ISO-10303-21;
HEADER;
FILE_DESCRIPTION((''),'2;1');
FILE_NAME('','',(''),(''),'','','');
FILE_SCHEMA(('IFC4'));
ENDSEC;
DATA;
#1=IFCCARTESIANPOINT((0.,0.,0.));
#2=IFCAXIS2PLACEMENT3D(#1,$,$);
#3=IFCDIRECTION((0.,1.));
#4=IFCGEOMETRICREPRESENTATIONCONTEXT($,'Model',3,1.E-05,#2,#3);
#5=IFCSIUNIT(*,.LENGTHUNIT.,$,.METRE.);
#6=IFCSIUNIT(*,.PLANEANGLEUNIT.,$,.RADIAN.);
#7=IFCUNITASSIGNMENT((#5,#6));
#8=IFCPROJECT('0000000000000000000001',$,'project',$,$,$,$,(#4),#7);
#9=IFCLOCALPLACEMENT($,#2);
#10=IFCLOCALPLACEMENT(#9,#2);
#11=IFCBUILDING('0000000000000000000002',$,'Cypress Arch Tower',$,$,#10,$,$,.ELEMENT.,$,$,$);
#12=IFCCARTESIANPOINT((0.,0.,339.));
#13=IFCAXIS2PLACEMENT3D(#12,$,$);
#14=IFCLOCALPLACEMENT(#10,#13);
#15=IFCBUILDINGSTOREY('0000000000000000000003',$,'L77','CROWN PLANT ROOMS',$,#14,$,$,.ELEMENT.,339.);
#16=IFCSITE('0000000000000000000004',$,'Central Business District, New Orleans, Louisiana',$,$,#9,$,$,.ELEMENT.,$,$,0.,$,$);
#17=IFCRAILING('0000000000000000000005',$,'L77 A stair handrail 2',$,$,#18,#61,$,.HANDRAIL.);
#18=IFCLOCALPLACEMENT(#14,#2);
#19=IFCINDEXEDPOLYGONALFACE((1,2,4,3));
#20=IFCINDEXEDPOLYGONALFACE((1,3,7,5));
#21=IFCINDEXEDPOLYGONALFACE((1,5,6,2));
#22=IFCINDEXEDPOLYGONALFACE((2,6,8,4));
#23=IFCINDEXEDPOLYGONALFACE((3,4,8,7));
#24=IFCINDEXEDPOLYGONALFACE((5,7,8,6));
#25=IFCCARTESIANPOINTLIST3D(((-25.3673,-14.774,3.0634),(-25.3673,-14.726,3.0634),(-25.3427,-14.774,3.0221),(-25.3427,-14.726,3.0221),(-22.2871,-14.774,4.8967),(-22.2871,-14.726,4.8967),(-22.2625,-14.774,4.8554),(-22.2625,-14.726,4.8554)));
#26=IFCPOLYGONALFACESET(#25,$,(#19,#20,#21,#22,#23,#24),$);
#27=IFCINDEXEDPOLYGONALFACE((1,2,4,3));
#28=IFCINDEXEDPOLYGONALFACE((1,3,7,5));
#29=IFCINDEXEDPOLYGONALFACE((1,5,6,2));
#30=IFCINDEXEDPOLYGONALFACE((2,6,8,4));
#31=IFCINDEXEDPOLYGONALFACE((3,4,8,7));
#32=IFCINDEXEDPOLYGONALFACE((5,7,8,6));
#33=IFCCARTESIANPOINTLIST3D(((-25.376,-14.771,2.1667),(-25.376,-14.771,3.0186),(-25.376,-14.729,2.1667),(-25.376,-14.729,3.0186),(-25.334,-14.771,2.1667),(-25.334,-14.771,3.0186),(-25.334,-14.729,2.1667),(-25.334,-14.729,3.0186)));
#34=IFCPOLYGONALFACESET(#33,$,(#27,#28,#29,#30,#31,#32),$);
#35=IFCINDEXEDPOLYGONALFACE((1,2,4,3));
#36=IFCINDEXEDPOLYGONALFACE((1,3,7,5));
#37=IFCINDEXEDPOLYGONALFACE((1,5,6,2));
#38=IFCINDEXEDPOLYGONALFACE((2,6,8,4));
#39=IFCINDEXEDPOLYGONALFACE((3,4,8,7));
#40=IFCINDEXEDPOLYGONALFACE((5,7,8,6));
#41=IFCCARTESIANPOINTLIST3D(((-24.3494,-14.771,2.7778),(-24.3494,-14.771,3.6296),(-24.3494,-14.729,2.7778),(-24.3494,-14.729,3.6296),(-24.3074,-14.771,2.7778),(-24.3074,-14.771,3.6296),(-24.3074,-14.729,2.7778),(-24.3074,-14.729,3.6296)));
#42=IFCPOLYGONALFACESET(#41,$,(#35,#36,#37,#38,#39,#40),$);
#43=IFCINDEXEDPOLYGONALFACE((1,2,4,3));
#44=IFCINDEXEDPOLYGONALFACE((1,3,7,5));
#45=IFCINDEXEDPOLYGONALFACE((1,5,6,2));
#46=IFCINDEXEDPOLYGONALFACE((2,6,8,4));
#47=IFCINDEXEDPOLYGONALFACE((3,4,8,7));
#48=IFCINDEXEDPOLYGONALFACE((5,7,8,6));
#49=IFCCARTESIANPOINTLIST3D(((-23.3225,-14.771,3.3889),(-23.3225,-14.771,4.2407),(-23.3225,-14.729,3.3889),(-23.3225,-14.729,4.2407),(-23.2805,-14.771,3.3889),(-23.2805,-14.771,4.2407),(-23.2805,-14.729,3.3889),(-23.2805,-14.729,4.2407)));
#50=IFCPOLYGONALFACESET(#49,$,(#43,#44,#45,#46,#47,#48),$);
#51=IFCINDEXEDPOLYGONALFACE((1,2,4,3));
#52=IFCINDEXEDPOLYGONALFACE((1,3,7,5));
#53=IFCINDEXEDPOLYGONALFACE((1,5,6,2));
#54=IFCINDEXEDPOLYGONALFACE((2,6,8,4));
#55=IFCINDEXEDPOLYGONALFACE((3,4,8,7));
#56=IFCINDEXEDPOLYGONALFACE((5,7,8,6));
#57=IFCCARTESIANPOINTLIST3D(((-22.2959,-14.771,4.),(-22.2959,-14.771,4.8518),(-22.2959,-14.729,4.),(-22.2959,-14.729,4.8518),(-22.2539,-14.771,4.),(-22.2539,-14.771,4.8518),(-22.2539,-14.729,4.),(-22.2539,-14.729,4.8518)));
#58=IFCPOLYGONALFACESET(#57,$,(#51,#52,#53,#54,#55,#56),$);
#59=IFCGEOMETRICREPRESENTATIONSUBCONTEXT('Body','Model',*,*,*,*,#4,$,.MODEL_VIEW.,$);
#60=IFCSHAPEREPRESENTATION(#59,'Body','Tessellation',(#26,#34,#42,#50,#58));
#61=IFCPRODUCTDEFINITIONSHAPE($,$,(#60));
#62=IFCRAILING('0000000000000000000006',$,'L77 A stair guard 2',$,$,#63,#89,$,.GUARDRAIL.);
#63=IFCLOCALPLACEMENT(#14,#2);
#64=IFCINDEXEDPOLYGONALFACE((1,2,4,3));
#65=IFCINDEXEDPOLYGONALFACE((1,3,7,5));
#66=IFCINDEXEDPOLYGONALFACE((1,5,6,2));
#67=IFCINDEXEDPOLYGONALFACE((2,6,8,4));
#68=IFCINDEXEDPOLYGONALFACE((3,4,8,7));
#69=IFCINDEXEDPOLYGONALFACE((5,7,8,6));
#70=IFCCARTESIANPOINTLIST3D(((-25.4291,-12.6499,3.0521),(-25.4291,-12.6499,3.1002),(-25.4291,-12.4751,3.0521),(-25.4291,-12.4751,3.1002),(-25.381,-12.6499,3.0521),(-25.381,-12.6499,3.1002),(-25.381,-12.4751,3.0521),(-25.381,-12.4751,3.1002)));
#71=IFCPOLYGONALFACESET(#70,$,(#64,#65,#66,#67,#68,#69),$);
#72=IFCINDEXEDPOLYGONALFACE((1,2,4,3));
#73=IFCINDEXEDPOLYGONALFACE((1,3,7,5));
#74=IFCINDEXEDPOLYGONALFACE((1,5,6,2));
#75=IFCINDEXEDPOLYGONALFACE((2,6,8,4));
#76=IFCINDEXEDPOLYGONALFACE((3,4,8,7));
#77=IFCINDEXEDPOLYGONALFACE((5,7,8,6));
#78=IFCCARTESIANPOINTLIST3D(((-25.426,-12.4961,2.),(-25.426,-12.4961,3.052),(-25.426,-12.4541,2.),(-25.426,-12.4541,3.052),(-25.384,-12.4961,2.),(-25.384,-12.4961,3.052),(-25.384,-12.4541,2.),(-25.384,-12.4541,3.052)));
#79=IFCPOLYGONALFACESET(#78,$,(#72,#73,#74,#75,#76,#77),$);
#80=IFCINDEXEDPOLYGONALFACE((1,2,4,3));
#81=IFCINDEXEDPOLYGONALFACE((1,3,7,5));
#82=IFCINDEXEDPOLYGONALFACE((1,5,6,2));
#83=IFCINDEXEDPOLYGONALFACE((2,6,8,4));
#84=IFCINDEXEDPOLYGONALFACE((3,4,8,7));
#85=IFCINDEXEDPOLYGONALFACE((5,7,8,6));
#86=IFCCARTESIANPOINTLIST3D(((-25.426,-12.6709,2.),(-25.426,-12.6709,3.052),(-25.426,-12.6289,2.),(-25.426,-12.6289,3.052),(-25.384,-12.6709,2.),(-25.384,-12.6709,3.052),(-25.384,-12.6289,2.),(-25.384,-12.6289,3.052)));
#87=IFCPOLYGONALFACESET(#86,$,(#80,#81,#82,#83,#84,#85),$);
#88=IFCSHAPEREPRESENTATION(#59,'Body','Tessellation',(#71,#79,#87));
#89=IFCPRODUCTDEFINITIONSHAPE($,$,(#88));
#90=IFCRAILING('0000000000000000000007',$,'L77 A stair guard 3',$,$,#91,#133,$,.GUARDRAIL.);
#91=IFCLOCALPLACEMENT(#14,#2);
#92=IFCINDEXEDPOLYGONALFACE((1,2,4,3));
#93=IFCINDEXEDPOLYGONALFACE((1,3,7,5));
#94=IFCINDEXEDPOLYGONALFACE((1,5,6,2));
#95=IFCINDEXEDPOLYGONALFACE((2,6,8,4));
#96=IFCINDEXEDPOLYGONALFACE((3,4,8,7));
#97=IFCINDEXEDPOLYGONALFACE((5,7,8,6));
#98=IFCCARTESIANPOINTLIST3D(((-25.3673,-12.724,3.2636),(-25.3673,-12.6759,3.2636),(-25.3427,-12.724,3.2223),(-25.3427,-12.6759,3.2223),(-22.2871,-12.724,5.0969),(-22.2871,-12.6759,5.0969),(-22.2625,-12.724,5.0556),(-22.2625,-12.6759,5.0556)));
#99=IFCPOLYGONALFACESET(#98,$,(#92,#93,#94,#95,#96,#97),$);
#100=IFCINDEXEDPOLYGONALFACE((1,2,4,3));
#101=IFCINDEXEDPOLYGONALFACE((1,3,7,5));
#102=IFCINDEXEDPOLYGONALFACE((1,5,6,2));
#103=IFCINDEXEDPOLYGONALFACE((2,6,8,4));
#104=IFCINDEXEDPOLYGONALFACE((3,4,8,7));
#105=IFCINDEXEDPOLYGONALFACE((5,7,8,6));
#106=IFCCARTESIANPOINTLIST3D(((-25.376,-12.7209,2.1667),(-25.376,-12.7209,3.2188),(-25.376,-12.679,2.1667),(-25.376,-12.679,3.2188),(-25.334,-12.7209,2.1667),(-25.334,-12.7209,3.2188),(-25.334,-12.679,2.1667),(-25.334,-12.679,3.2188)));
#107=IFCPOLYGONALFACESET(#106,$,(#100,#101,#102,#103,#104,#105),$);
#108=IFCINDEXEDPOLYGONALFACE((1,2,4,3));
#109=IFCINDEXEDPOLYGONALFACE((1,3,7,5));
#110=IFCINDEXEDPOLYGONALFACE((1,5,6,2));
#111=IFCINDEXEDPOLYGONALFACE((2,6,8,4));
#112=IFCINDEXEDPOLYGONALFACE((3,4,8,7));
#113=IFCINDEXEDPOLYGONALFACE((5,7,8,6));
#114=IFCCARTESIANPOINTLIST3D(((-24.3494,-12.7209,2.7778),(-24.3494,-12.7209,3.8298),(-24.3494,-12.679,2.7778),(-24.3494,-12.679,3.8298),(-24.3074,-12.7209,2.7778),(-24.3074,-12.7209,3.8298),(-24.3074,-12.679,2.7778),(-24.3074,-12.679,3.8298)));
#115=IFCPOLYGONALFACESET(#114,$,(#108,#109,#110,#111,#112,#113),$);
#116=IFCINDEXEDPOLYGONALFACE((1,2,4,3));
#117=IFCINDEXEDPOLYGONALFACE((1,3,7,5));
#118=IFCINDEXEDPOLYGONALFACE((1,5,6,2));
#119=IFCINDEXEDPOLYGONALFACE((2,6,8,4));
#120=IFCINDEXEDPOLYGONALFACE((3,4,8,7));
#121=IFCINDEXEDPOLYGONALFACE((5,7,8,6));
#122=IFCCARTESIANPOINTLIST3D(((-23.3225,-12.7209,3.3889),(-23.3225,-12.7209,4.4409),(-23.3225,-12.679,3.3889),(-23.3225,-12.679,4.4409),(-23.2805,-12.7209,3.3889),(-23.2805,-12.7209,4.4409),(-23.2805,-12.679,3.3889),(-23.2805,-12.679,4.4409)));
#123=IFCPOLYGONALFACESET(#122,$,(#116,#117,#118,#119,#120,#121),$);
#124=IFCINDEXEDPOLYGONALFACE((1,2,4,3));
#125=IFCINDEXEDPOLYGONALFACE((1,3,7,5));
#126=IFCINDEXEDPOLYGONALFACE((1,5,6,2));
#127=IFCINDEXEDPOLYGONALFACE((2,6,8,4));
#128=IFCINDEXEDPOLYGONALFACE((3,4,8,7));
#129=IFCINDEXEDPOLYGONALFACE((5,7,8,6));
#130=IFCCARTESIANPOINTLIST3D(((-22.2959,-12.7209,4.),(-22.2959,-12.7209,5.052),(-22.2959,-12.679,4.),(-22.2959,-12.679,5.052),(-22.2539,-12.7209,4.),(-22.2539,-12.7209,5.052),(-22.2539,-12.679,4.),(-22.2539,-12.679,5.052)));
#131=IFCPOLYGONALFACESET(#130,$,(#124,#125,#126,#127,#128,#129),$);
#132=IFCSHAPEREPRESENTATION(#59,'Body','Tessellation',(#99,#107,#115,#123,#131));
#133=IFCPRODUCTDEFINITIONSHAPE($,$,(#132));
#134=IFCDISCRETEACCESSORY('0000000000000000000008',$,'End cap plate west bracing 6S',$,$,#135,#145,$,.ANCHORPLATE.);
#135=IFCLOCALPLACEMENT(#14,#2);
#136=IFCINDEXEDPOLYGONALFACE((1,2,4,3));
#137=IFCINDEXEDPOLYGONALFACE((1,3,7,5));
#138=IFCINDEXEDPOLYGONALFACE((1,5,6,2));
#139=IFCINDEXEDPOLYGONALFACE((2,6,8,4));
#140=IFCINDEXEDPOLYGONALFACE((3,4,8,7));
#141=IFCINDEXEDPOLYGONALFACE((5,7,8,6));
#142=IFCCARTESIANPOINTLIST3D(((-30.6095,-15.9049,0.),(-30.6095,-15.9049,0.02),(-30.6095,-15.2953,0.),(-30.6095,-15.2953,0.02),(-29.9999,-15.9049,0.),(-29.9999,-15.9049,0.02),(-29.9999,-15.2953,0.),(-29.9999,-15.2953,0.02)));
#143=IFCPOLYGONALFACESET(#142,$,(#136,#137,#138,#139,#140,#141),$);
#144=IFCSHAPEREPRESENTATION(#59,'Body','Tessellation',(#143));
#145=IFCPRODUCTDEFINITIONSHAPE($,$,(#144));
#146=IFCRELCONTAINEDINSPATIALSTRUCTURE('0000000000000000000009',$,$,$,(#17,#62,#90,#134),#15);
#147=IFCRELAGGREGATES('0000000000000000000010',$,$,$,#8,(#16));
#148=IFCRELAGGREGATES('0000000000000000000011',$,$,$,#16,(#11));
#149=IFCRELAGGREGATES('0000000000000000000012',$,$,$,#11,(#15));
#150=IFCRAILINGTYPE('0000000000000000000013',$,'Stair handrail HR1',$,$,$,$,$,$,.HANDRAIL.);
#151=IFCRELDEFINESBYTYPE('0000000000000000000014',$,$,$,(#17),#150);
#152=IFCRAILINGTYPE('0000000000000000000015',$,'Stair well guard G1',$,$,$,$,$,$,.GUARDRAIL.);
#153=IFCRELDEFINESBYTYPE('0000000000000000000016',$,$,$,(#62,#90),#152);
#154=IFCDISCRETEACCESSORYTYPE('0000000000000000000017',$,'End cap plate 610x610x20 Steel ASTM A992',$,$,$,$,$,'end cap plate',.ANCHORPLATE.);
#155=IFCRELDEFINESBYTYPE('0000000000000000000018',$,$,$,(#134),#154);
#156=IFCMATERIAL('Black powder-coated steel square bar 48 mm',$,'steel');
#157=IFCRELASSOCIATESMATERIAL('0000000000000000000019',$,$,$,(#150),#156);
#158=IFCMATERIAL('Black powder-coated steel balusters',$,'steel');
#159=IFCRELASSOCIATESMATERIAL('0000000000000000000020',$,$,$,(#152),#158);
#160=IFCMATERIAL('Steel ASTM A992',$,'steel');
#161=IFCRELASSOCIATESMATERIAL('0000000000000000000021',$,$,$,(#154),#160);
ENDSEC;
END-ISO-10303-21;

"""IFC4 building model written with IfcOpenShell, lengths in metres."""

from ifc_helpers import new_model, si_unit, direction, frame, origin, origin_2d, place, context, subcontext, project, spatial, rectangle, extrude, material, material_profile, profile_set, type_object, element, save


model = new_model("IFC4")

# Units and contexts
model_context = context("Model", 3, precision=1e-05, world=origin(), true_north=direction((0.0, 1.0)))
body_context = subcontext(model_context, "Body", "Model", "MODEL_VIEW")
ifc_project = project(units=[si_unit("LENGTHUNIT", "METRE"), si_unit("PLANEANGLEUNIT", "RADIAN")], contexts=[model_context])

# Site, building, storey
site_placement = place(None, origin())
site = spatial("IfcSite", under=ifc_project, at=site_placement, Name="Central Business District, New Orleans, Louisiana", CompositionType="ELEMENT", RefElevation=0.0)
building_placement = place(site_placement, origin())
building = spatial("IfcBuilding", under=site, at=building_placement, Name="Cypress Arch Tower", CompositionType="ELEMENT")
storey_placement = place(building_placement, frame((0.0, 0.0, 339.0)))
storey = spatial("IfcBuildingStorey", under=building, at=storey_placement, Name="L77", Description="CROWN PLANT ROOMS", CompositionType="ELEMENT", Elevation=339.0)

# Railings
ifc_material_1 = material(Name="Black powder-coated steel square bar 48 mm", Category="steel")
railing_type_1 = type_object("IfcRailingType", Name="Stair handrail HR1", PredefinedType="HANDRAIL", material=ifc_material_1)
railing_1_placement = place(storey_placement, frame((-25.355, -14.75, 2.1667)))
element("IfcRailing", 1, at=railing_1_placement, inside=storey, type_object=railing_type_1, Name="L77 A stair handrail 2", PredefinedType="HANDRAIL", context=body_context, shape_type="SweptSolid", body=[
    extrude(rectangle(XDim=0.0481, YDim=0.0481, at=origin_2d()), frame((0.0, 0.0, 0.876), z_axis=(0.859309, 0.0, 0.511458), x_axis=(0.0, 1.0, 0.0)), (0.0, 0.0, 1.0), 3.5845),
    extrude(rectangle(XDim=0.042, YDim=0.042, at=origin_2d()), origin(), (0.0, 0.0, 1.0), 0.8518),
    extrude(rectangle(XDim=0.042, YDim=0.042, at=origin_2d()), frame((1.0266, 0.0, 0.6111)), (0.0, 0.0, 1.0), 0.8518),
    extrude(rectangle(XDim=0.042, YDim=0.042, at=origin_2d()), frame((2.0535, 0.0, 1.2222)), (0.0, 0.0, 1.0), 0.8518),
    extrude(rectangle(XDim=0.042, YDim=0.042, at=origin_2d()), frame((3.0801, 0.0, 1.8333)), (0.0, 0.0, 1.0), 0.8518),
])
ifc_material_2 = material(Name="Black powder-coated steel balusters", Category="steel")
railing_type_2 = type_object("IfcRailingType", Name="Stair well guard G1", PredefinedType="GUARDRAIL", material=ifc_material_2)
railing_2_placement = place(storey_placement, frame((-25.405, -12.4751, 2.0)))
element("IfcRailing", 2, at=railing_2_placement, inside=storey, type_object=railing_type_2, Name="L77 A stair guard 2", PredefinedType="GUARDRAIL", context=body_context, shape_type="SweptSolid", body=[
    extrude(rectangle(XDim=0.0481, YDim=0.0481, at=origin_2d()), frame((0.0, 0.0, 1.0762), z_axis=(0.0, -1.0, 0.0), x_axis=(1.0, 0.0, 0.0)), (0.0, 0.0, 1.0), 0.1748),
    extrude(rectangle(XDim=0.042, YDim=0.042, at=origin_2d()), origin(), (0.0, 0.0, 1.0), 1.052),
    extrude(rectangle(XDim=0.042, YDim=0.042, at=origin_2d()), frame((0.0, -0.1748, 0.0)), (0.0, 0.0, 1.0), 1.052),
])
railing_3_placement = place(storey_placement, frame((-25.355, -12.7, 2.1667)))
element("IfcRailing", 3, at=railing_3_placement, inside=storey, type_object=railing_type_2, Name="L77 A stair guard 3", PredefinedType="GUARDRAIL", context=body_context, shape_type="SweptSolid", body=[
    extrude(rectangle(XDim=0.0481, YDim=0.0481, at=origin_2d()), frame((0.0, 0.0, 1.0762), z_axis=(0.859309, 0.0, 0.511458), x_axis=(0.0, 1.0, 0.0)), (0.0, 0.0, 1.0), 3.5845),
    extrude(rectangle(XDim=0.042, YDim=0.042, at=origin_2d()), origin(), (0.0, 0.0, 1.0), 1.052),
    extrude(rectangle(XDim=0.042, YDim=0.042, at=origin_2d()), frame((1.0266, 0.0, 0.6111)), (0.0, 0.0, 1.0), 1.052),
    extrude(rectangle(XDim=0.042, YDim=0.042, at=origin_2d()), frame((2.0535, 0.0, 1.2222)), (0.0, 0.0, 1.0), 1.052),
    extrude(rectangle(XDim=0.042, YDim=0.042, at=origin_2d()), frame((3.0801, 0.0, 1.8333)), (0.0, 0.0, 1.0), 1.052),
])

# Discrete accessory
ifc_material_3 = material(Name="Steel ASTM A992", Category="steel")
ifc_material_profile_1 = material_profile(ifc_material_3, rectangle(XDim=0.6096, YDim=0.6096, at=origin_2d()), Name="PL 20 610x610")
ifc_profile_set_1 = profile_set([ifc_material_profile_1], Name="Steel ASTM A992")
discrete_accessory_type = type_object("IfcDiscreteAccessoryType", Name="End cap plate 610x610x20 Steel ASTM A992", ElementType="end cap plate", PredefinedType="ANCHORPLATE", material=ifc_profile_set_1)
discrete_accessory_placement = place(storey_placement, frame((-30.3047, -15.6001, 0.0), z_axis=(0.0, 0.0, 1.0), x_axis=(1.0, 0.0, 0.0)))
element("IfcDiscreteAccessory", 4, at=discrete_accessory_placement, inside=storey, type_object=discrete_accessory_type, Name="End cap plate west bracing 6S", PredefinedType="ANCHORPLATE", context=body_context, shape_type="SweptSolid", body=[
    extrude(rectangle(XDim=0.6096, YDim=0.6096, at=origin_2d()), origin(), (0.0, 0.0, 1.0), 0.02),
])

save(model, "model.ifc")
